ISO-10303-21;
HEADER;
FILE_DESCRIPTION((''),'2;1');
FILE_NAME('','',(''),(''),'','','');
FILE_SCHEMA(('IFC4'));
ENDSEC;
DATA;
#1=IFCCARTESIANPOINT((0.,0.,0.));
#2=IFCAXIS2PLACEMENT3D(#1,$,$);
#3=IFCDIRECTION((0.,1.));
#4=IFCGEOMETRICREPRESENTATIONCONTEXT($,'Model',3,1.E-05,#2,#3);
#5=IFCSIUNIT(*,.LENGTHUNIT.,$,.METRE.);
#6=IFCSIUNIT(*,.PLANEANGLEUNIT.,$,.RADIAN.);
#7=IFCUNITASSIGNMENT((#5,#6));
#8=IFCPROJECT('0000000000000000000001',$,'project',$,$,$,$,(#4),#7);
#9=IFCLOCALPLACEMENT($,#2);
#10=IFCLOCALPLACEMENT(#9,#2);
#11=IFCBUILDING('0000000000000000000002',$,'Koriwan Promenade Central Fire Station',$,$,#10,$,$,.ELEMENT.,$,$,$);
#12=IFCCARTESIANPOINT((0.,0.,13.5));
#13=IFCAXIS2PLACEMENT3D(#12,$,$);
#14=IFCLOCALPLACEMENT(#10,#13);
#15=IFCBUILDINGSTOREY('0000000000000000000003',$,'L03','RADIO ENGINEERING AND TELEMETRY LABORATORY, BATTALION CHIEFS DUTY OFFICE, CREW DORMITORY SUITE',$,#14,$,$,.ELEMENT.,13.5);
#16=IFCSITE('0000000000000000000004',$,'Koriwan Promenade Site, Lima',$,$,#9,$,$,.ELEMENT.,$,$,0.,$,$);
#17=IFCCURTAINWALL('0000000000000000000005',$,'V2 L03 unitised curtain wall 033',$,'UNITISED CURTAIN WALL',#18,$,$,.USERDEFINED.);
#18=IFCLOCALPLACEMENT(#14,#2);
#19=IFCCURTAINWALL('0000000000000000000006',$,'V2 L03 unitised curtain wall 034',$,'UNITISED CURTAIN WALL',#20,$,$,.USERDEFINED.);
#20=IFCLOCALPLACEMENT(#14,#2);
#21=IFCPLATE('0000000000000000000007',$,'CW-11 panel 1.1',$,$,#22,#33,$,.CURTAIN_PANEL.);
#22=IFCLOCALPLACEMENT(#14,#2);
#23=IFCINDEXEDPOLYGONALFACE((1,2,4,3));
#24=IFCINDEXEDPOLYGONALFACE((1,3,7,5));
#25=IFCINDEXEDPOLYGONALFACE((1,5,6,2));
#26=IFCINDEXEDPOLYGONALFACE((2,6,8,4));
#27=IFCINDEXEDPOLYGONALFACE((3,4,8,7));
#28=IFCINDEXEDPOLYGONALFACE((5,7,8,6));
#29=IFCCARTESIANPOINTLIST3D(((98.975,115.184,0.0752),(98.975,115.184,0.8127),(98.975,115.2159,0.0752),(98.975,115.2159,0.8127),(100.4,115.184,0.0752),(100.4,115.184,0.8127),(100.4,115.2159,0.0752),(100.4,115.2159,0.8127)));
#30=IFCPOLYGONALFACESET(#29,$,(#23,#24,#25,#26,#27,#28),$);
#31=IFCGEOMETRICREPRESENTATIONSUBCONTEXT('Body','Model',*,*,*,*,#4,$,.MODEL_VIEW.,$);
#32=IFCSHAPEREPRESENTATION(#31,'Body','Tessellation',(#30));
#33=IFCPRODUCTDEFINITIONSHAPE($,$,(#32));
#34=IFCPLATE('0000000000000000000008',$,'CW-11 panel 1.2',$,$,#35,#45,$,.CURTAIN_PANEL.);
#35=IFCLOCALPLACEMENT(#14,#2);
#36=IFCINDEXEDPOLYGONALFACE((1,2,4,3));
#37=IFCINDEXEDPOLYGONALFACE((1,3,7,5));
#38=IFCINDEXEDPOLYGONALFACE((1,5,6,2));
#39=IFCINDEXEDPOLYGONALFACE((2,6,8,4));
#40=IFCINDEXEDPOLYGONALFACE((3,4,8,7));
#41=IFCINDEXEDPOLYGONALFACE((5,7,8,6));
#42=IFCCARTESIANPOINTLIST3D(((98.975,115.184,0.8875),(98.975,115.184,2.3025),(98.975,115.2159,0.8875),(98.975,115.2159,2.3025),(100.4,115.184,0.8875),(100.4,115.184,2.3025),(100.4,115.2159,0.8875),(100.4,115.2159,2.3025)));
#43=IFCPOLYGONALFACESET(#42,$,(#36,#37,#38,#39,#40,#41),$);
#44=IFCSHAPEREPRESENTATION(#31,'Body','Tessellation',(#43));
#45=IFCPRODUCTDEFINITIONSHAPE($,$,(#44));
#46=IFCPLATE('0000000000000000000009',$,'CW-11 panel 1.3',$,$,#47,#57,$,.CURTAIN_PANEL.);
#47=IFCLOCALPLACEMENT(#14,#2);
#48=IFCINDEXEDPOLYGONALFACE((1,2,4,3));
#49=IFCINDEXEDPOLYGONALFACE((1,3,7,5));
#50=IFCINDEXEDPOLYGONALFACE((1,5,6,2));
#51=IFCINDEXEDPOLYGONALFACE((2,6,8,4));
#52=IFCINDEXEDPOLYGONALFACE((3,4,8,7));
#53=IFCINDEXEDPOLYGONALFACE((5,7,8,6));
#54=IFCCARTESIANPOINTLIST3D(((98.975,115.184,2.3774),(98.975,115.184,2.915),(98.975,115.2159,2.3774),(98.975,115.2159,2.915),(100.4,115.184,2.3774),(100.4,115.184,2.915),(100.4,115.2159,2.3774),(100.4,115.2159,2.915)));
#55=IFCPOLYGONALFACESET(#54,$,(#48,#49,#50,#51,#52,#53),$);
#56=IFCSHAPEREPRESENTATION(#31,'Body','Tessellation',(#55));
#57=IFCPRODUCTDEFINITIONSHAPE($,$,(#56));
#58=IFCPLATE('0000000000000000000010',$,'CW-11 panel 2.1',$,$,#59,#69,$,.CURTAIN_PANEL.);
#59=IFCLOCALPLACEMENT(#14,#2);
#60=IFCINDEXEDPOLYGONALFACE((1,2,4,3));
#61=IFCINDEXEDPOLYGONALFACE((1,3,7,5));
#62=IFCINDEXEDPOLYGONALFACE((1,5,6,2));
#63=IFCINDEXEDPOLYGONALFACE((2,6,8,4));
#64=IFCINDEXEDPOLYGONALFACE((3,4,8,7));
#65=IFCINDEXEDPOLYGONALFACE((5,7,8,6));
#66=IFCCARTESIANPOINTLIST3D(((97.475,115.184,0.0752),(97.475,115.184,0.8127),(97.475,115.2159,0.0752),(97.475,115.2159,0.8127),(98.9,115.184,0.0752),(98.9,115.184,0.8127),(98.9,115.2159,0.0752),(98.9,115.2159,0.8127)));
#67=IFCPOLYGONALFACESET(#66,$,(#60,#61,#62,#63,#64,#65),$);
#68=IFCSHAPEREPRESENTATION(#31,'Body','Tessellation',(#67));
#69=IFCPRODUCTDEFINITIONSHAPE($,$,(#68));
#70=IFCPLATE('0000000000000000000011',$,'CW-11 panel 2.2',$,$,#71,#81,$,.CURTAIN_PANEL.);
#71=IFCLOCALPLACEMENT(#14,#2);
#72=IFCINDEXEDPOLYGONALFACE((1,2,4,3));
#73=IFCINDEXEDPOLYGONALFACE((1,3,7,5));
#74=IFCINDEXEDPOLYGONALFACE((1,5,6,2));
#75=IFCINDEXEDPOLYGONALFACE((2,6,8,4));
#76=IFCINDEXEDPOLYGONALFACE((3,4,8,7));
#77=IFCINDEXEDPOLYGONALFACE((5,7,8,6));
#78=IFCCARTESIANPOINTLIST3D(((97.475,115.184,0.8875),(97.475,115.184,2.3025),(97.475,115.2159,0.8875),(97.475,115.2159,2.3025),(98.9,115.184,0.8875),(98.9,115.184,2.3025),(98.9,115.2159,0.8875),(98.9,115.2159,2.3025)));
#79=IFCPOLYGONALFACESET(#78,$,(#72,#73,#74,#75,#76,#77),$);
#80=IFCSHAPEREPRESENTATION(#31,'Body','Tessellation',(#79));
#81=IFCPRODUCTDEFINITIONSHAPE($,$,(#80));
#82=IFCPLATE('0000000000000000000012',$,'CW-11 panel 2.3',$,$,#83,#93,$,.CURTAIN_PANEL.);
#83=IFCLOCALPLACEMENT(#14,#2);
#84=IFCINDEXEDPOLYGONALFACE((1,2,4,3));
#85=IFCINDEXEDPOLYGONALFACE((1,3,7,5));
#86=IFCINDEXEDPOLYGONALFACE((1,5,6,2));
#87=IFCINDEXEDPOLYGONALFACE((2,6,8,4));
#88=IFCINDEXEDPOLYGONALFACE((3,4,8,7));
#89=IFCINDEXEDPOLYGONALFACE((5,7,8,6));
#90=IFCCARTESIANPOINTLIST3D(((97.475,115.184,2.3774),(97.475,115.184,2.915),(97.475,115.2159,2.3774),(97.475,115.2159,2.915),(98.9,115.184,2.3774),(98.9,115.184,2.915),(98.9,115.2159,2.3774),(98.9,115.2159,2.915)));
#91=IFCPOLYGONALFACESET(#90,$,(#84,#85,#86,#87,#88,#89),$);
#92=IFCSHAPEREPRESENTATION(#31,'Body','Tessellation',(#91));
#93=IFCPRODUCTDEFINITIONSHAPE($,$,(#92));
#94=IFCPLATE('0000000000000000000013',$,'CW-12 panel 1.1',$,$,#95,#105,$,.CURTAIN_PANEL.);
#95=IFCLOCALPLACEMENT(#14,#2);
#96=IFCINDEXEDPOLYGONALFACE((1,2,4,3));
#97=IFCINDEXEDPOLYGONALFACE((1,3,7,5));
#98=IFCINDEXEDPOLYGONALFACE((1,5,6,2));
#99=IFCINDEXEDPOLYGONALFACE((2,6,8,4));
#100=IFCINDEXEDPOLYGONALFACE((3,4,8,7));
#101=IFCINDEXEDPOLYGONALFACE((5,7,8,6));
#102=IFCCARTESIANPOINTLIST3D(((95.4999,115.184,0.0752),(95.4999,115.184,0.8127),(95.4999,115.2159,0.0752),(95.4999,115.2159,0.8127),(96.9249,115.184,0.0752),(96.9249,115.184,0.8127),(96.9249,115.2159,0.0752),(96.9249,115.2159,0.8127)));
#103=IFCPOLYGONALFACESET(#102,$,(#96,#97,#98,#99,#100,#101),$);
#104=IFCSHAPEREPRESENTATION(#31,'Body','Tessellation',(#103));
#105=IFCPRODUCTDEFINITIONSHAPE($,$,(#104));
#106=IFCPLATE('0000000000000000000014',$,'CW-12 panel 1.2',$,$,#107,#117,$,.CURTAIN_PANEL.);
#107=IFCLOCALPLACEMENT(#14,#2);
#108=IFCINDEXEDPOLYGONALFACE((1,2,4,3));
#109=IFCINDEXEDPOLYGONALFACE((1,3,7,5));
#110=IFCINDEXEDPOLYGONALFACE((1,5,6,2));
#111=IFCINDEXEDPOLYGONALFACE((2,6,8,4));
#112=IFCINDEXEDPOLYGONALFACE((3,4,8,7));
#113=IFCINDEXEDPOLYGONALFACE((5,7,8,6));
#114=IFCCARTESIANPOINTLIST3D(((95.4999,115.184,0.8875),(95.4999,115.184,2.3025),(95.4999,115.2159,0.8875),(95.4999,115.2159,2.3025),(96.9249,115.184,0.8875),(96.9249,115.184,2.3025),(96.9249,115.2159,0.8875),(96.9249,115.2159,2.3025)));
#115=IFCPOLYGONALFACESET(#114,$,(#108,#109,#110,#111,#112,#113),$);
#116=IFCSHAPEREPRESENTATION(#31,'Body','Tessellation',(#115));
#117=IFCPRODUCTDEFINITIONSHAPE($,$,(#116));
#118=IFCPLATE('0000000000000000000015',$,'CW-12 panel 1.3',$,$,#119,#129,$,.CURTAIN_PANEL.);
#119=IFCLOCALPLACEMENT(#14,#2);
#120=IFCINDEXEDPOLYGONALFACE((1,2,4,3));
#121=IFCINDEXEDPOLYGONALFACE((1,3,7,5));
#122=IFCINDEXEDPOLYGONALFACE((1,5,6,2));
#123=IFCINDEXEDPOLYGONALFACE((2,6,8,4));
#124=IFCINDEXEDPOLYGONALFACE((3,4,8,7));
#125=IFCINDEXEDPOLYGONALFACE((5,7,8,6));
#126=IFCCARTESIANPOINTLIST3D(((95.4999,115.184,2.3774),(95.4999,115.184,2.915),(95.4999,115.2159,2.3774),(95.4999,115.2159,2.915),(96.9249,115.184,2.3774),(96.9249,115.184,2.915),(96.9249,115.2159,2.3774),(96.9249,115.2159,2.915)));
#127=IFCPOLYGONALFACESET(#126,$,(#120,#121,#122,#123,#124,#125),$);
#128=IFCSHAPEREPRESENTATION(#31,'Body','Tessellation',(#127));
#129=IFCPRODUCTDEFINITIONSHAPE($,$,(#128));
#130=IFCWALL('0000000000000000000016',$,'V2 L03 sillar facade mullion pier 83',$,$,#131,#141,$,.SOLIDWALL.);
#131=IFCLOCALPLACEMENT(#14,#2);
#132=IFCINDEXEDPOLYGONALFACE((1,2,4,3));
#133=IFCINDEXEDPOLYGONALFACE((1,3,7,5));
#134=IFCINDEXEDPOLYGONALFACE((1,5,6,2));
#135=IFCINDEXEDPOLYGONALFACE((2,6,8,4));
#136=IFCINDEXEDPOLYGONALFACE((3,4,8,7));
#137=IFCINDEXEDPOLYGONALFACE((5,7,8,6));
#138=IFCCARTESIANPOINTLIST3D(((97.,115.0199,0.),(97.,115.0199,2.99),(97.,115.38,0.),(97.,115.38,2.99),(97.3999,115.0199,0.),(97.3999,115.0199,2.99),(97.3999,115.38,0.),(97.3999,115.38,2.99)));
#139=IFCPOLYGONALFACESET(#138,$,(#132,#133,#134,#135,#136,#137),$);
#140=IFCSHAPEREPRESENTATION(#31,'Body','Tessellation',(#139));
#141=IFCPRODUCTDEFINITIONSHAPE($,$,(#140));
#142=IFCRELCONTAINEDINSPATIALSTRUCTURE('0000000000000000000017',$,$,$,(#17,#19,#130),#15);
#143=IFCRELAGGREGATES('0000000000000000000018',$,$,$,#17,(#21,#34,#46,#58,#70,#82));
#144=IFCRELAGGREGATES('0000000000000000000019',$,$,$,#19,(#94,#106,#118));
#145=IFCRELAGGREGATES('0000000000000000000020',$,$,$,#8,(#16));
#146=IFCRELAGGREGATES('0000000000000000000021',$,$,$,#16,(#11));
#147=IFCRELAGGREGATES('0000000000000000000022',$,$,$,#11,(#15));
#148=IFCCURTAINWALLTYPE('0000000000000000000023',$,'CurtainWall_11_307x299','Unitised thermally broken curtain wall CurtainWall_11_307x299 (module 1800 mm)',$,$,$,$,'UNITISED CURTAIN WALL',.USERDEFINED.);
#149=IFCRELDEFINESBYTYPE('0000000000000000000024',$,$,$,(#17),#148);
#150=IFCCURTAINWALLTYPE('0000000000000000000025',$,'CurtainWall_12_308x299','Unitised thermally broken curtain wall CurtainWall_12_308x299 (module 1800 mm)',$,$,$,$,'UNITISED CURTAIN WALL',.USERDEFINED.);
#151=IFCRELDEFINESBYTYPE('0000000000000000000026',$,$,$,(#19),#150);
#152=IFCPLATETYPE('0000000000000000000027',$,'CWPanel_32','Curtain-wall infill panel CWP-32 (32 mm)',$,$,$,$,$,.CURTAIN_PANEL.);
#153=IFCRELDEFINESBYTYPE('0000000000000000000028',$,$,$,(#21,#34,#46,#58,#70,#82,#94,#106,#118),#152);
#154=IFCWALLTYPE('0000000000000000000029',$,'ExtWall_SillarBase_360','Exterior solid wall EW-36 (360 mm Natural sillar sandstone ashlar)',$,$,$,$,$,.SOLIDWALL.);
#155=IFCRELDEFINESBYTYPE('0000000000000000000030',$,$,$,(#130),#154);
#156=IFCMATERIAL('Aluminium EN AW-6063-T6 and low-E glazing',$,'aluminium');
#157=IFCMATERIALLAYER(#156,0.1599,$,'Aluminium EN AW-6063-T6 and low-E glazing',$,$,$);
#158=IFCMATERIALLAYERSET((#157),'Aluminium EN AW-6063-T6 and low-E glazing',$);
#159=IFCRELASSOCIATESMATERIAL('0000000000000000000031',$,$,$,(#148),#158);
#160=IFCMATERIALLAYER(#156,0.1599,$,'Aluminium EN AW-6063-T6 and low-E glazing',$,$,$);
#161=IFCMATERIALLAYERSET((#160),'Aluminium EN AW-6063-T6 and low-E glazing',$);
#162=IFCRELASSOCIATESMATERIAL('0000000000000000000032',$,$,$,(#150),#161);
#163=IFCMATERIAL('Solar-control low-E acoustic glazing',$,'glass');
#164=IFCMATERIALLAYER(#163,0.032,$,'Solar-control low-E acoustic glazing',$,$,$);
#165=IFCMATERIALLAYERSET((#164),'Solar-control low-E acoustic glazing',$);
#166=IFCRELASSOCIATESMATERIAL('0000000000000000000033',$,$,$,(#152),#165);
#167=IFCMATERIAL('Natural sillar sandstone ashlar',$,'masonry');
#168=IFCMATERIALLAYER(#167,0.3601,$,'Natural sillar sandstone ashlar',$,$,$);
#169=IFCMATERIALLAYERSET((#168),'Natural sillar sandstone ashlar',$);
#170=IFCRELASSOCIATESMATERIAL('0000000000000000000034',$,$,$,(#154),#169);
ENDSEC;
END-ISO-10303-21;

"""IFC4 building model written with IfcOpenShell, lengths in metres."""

from ifc_helpers import new_model, si_unit, direction, frame, frame_2d, origin, origin_2d, place, context, subcontext, project, spatial, rectangle, extrude, material, layer, layer_set, type_object, element, aggregate, save


model = new_model("IFC4")

# Units and contexts
model_context = context("Model", 3, precision=1e-05, world=origin(), true_north=direction((0.0, 1.0)))
body_context = subcontext(model_context, "Body", "Model", "MODEL_VIEW")
ifc_project = project(units=[si_unit("LENGTHUNIT", "METRE"), si_unit("PLANEANGLEUNIT", "RADIAN")], contexts=[model_context])

# Site, building, storey
site_placement = place(None, origin())
site = spatial("IfcSite", under=ifc_project, at=site_placement, Name="Koriwan Promenade Site, Lima", CompositionType="ELEMENT", RefElevation=0.0)
building_placement = place(site_placement, origin())
building = spatial("IfcBuilding", under=site, at=building_placement, Name="Koriwan Promenade Central Fire Station", CompositionType="ELEMENT")
storey_placement = place(building_placement, frame((0.0, 0.0, 13.5)))
storey = spatial("IfcBuildingStorey", under=building, at=storey_placement, Name="L03", Description="RADIO ENGINEERING AND TELEMETRY LABORATORY, BATTALION CHIEFS DUTY OFFICE, CREW DORMITORY SUITE", CompositionType="ELEMENT", Elevation=13.5)

# Curtain walls
ifc_material_1 = material(Name="Aluminium EN AW-6063-T6 and low-E glazing", Category="aluminium")
ifc_layer_1 = layer(ifc_material_1, 0.1599, Name="Aluminium EN AW-6063-T6 and low-E glazing")
ifc_layer_set_1 = layer_set([ifc_layer_1], Name="Aluminium EN AW-6063-T6 and low-E glazing")
curtain_wall_type_1 = type_object("IfcCurtainWallType", Name="CurtainWall_11_307x299", Description="Unitised thermally broken curtain wall CurtainWall_11_307x299 (module 1800 mm)", ElementType="UNITISED CURTAIN WALL", PredefinedType="USERDEFINED", material=ifc_layer_set_1)
curtain_wall_1_placement = place(storey_placement, origin())
curtain_wall_1 = element("IfcCurtainWall", 1, at=curtain_wall_1_placement, inside=storey, type_object=curtain_wall_type_1, Name="V2 L03 unitised curtain wall 033", ObjectType="UNITISED CURTAIN WALL", PredefinedType="USERDEFINED")
ifc_layer_2 = layer(ifc_material_1, 0.1599, Name="Aluminium EN AW-6063-T6 and low-E glazing")
ifc_layer_set_2 = layer_set([ifc_layer_2], Name="Aluminium EN AW-6063-T6 and low-E glazing")
curtain_wall_type_2 = type_object("IfcCurtainWallType", Name="CurtainWall_12_308x299", Description="Unitised thermally broken curtain wall CurtainWall_12_308x299 (module 1800 mm)", ElementType="UNITISED CURTAIN WALL", PredefinedType="USERDEFINED", material=ifc_layer_set_2)
curtain_wall_2_placement = place(storey_placement, origin())
curtain_wall_2 = element("IfcCurtainWall", 2, at=curtain_wall_2_placement, inside=storey, type_object=curtain_wall_type_2, Name="V2 L03 unitised curtain wall 034", ObjectType="UNITISED CURTAIN WALL", PredefinedType="USERDEFINED")

# Plates
ifc_material_2 = material(Name="Solar-control low-E acoustic glazing", Category="glass")
ifc_layer_3 = layer(ifc_material_2, 0.032, Name="Solar-control low-E acoustic glazing")
ifc_layer_set_3 = layer_set([ifc_layer_3], Name="Solar-control low-E acoustic glazing")
plate_type = type_object("IfcPlateType", Name="CWPanel_32", Description="Curtain-wall infill panel CWP-32 (32 mm)", PredefinedType="CURTAIN_PANEL", material=ifc_layer_set_3)
plate_1_placement = place(storey_placement, frame((99.6875, 115.2, 0.0752), z_axis=(0.0, 0.0, 1.0), x_axis=(-1.0, 0.0, 0.0)))
plate_1 = element("IfcPlate", 3, at=plate_1_placement, type_object=plate_type, Name="CW-11 panel 1.1", PredefinedType="CURTAIN_PANEL", context=body_context, shape_type="SweptSolid", body=[
    extrude(rectangle(XDim=1.425, YDim=0.032, at=origin_2d()), origin(), (0.0, 0.0, 1.0), 0.7375),
])
plate_2_placement = place(storey_placement, frame((99.6875, 115.2, 0.8875), z_axis=(0.0, 0.0, 1.0), x_axis=(-1.0, 0.0, 0.0)))
plate_2 = element("IfcPlate", 4, at=plate_2_placement, type_object=plate_type, Name="CW-11 panel 1.2", PredefinedType="CURTAIN_PANEL", context=body_context, shape_type="SweptSolid", body=[
    extrude(rectangle(XDim=1.425, YDim=0.032, at=origin_2d()), origin(), (0.0, 0.0, 1.0), 1.415),
])
plate_3_placement = place(storey_placement, frame((99.6875, 115.2, 2.3774), z_axis=(0.0, 0.0, 1.0), x_axis=(-1.0, 0.0, 0.0)))
plate_3 = element("IfcPlate", 5, at=plate_3_placement, type_object=plate_type, Name="CW-11 panel 1.3", PredefinedType="CURTAIN_PANEL", context=body_context, shape_type="SweptSolid", body=[
    extrude(rectangle(XDim=1.425, YDim=0.032, at=origin_2d()), origin(), (0.0, 0.0, 1.0), 0.5376),
])
plate_4_placement = place(storey_placement, frame((98.1875, 115.2, 0.0752), z_axis=(0.0, 0.0, 1.0), x_axis=(-1.0, 0.0, 0.0)))
plate_4 = element("IfcPlate", 6, at=plate_4_placement, type_object=plate_type, Name="CW-11 panel 2.1", PredefinedType="CURTAIN_PANEL", context=body_context, shape_type="SweptSolid", body=[
    extrude(rectangle(XDim=1.425, YDim=0.032, at=origin_2d()), origin(), (0.0, 0.0, 1.0), 0.7375),
])
plate_5_placement = place(storey_placement, frame((98.1875, 115.2, 0.8875), z_axis=(0.0, 0.0, 1.0), x_axis=(-1.0, 0.0, 0.0)))
plate_5 = element("IfcPlate", 7, at=plate_5_placement, type_object=plate_type, Name="CW-11 panel 2.2", PredefinedType="CURTAIN_PANEL", context=body_context, shape_type="SweptSolid", body=[
    extrude(rectangle(XDim=1.425, YDim=0.032, at=origin_2d()), origin(), (0.0, 0.0, 1.0), 1.415),
])
plate_6_placement = place(storey_placement, frame((98.1875, 115.2, 2.3774), z_axis=(0.0, 0.0, 1.0), x_axis=(-1.0, 0.0, 0.0)))
plate_6 = element("IfcPlate", 8, at=plate_6_placement, type_object=plate_type, Name="CW-11 panel 2.3", PredefinedType="CURTAIN_PANEL", context=body_context, shape_type="SweptSolid", body=[
    extrude(rectangle(XDim=1.425, YDim=0.032, at=origin_2d()), origin(), (0.0, 0.0, 1.0), 0.5376),
])
aggregate(curtain_wall_1, [plate_1, plate_2, plate_3, plate_4, plate_5, plate_6])
plate_7_placement = place(storey_placement, frame((96.2124, 115.2, 0.0752), z_axis=(0.0, 0.0, 1.0), x_axis=(-1.0, 0.0, 0.0)))
plate_7 = element("IfcPlate", 9, at=plate_7_placement, type_object=plate_type, Name="CW-12 panel 1.1", PredefinedType="CURTAIN_PANEL", context=body_context, shape_type="SweptSolid", body=[
    extrude(rectangle(XDim=1.425, YDim=0.032, at=origin_2d()), origin(), (0.0, 0.0, 1.0), 0.7375),
])
plate_8_placement = place(storey_placement, frame((96.2124, 115.2, 0.8875), z_axis=(0.0, 0.0, 1.0), x_axis=(-1.0, 0.0, 0.0)))
plate_8 = element("IfcPlate", 10, at=plate_8_placement, type_object=plate_type, Name="CW-12 panel 1.2", PredefinedType="CURTAIN_PANEL", context=body_context, shape_type="SweptSolid", body=[
    extrude(rectangle(XDim=1.425, YDim=0.032, at=origin_2d()), origin(), (0.0, 0.0, 1.0), 1.415),
])
plate_9_placement = place(storey_placement, frame((96.2124, 115.2, 2.3774), z_axis=(0.0, 0.0, 1.0), x_axis=(-1.0, 0.0, 0.0)))
plate_9 = element("IfcPlate", 11, at=plate_9_placement, type_object=plate_type, Name="CW-12 panel 1.3", PredefinedType="CURTAIN_PANEL", context=body_context, shape_type="SweptSolid", body=[
    extrude(rectangle(XDim=1.425, YDim=0.032, at=origin_2d()), origin(), (0.0, 0.0, 1.0), 0.5376),
])
aggregate(curtain_wall_2, [plate_7, plate_8, plate_9])

# Wall
ifc_material_3 = material(Name="Natural sillar sandstone ashlar", Category="masonry")
ifc_layer_4 = layer(ifc_material_3, 0.3601, Name="Natural sillar sandstone ashlar")
ifc_layer_set_4 = layer_set([ifc_layer_4], Name="Natural sillar sandstone ashlar")
wall_type = type_object("IfcWallType", Name="ExtWall_SillarBase_360", Description="Exterior solid wall EW-36 (360 mm Natural sillar sandstone ashlar)", PredefinedType="SOLIDWALL", material=ifc_layer_set_4)
wall_placement = place(storey_placement, frame((97.3999, 115.2, 0.0), z_axis=(0.0, 0.0, 1.0), x_axis=(-1.0, 0.0, 0.0)))
element("IfcWall", 12, at=wall_placement, inside=storey, type_object=wall_type, Name="V2 L03 sillar facade mullion pier 83", PredefinedType="SOLIDWALL", context=body_context, shape_type="SweptSolid", body=[
    extrude(rectangle(XDim=0.3999, YDim=0.3601, at=frame_2d((0.2, 0.0))), origin(), (0.0, 0.0, 1.0), 2.99),
])

save(model, "model.ifc")
